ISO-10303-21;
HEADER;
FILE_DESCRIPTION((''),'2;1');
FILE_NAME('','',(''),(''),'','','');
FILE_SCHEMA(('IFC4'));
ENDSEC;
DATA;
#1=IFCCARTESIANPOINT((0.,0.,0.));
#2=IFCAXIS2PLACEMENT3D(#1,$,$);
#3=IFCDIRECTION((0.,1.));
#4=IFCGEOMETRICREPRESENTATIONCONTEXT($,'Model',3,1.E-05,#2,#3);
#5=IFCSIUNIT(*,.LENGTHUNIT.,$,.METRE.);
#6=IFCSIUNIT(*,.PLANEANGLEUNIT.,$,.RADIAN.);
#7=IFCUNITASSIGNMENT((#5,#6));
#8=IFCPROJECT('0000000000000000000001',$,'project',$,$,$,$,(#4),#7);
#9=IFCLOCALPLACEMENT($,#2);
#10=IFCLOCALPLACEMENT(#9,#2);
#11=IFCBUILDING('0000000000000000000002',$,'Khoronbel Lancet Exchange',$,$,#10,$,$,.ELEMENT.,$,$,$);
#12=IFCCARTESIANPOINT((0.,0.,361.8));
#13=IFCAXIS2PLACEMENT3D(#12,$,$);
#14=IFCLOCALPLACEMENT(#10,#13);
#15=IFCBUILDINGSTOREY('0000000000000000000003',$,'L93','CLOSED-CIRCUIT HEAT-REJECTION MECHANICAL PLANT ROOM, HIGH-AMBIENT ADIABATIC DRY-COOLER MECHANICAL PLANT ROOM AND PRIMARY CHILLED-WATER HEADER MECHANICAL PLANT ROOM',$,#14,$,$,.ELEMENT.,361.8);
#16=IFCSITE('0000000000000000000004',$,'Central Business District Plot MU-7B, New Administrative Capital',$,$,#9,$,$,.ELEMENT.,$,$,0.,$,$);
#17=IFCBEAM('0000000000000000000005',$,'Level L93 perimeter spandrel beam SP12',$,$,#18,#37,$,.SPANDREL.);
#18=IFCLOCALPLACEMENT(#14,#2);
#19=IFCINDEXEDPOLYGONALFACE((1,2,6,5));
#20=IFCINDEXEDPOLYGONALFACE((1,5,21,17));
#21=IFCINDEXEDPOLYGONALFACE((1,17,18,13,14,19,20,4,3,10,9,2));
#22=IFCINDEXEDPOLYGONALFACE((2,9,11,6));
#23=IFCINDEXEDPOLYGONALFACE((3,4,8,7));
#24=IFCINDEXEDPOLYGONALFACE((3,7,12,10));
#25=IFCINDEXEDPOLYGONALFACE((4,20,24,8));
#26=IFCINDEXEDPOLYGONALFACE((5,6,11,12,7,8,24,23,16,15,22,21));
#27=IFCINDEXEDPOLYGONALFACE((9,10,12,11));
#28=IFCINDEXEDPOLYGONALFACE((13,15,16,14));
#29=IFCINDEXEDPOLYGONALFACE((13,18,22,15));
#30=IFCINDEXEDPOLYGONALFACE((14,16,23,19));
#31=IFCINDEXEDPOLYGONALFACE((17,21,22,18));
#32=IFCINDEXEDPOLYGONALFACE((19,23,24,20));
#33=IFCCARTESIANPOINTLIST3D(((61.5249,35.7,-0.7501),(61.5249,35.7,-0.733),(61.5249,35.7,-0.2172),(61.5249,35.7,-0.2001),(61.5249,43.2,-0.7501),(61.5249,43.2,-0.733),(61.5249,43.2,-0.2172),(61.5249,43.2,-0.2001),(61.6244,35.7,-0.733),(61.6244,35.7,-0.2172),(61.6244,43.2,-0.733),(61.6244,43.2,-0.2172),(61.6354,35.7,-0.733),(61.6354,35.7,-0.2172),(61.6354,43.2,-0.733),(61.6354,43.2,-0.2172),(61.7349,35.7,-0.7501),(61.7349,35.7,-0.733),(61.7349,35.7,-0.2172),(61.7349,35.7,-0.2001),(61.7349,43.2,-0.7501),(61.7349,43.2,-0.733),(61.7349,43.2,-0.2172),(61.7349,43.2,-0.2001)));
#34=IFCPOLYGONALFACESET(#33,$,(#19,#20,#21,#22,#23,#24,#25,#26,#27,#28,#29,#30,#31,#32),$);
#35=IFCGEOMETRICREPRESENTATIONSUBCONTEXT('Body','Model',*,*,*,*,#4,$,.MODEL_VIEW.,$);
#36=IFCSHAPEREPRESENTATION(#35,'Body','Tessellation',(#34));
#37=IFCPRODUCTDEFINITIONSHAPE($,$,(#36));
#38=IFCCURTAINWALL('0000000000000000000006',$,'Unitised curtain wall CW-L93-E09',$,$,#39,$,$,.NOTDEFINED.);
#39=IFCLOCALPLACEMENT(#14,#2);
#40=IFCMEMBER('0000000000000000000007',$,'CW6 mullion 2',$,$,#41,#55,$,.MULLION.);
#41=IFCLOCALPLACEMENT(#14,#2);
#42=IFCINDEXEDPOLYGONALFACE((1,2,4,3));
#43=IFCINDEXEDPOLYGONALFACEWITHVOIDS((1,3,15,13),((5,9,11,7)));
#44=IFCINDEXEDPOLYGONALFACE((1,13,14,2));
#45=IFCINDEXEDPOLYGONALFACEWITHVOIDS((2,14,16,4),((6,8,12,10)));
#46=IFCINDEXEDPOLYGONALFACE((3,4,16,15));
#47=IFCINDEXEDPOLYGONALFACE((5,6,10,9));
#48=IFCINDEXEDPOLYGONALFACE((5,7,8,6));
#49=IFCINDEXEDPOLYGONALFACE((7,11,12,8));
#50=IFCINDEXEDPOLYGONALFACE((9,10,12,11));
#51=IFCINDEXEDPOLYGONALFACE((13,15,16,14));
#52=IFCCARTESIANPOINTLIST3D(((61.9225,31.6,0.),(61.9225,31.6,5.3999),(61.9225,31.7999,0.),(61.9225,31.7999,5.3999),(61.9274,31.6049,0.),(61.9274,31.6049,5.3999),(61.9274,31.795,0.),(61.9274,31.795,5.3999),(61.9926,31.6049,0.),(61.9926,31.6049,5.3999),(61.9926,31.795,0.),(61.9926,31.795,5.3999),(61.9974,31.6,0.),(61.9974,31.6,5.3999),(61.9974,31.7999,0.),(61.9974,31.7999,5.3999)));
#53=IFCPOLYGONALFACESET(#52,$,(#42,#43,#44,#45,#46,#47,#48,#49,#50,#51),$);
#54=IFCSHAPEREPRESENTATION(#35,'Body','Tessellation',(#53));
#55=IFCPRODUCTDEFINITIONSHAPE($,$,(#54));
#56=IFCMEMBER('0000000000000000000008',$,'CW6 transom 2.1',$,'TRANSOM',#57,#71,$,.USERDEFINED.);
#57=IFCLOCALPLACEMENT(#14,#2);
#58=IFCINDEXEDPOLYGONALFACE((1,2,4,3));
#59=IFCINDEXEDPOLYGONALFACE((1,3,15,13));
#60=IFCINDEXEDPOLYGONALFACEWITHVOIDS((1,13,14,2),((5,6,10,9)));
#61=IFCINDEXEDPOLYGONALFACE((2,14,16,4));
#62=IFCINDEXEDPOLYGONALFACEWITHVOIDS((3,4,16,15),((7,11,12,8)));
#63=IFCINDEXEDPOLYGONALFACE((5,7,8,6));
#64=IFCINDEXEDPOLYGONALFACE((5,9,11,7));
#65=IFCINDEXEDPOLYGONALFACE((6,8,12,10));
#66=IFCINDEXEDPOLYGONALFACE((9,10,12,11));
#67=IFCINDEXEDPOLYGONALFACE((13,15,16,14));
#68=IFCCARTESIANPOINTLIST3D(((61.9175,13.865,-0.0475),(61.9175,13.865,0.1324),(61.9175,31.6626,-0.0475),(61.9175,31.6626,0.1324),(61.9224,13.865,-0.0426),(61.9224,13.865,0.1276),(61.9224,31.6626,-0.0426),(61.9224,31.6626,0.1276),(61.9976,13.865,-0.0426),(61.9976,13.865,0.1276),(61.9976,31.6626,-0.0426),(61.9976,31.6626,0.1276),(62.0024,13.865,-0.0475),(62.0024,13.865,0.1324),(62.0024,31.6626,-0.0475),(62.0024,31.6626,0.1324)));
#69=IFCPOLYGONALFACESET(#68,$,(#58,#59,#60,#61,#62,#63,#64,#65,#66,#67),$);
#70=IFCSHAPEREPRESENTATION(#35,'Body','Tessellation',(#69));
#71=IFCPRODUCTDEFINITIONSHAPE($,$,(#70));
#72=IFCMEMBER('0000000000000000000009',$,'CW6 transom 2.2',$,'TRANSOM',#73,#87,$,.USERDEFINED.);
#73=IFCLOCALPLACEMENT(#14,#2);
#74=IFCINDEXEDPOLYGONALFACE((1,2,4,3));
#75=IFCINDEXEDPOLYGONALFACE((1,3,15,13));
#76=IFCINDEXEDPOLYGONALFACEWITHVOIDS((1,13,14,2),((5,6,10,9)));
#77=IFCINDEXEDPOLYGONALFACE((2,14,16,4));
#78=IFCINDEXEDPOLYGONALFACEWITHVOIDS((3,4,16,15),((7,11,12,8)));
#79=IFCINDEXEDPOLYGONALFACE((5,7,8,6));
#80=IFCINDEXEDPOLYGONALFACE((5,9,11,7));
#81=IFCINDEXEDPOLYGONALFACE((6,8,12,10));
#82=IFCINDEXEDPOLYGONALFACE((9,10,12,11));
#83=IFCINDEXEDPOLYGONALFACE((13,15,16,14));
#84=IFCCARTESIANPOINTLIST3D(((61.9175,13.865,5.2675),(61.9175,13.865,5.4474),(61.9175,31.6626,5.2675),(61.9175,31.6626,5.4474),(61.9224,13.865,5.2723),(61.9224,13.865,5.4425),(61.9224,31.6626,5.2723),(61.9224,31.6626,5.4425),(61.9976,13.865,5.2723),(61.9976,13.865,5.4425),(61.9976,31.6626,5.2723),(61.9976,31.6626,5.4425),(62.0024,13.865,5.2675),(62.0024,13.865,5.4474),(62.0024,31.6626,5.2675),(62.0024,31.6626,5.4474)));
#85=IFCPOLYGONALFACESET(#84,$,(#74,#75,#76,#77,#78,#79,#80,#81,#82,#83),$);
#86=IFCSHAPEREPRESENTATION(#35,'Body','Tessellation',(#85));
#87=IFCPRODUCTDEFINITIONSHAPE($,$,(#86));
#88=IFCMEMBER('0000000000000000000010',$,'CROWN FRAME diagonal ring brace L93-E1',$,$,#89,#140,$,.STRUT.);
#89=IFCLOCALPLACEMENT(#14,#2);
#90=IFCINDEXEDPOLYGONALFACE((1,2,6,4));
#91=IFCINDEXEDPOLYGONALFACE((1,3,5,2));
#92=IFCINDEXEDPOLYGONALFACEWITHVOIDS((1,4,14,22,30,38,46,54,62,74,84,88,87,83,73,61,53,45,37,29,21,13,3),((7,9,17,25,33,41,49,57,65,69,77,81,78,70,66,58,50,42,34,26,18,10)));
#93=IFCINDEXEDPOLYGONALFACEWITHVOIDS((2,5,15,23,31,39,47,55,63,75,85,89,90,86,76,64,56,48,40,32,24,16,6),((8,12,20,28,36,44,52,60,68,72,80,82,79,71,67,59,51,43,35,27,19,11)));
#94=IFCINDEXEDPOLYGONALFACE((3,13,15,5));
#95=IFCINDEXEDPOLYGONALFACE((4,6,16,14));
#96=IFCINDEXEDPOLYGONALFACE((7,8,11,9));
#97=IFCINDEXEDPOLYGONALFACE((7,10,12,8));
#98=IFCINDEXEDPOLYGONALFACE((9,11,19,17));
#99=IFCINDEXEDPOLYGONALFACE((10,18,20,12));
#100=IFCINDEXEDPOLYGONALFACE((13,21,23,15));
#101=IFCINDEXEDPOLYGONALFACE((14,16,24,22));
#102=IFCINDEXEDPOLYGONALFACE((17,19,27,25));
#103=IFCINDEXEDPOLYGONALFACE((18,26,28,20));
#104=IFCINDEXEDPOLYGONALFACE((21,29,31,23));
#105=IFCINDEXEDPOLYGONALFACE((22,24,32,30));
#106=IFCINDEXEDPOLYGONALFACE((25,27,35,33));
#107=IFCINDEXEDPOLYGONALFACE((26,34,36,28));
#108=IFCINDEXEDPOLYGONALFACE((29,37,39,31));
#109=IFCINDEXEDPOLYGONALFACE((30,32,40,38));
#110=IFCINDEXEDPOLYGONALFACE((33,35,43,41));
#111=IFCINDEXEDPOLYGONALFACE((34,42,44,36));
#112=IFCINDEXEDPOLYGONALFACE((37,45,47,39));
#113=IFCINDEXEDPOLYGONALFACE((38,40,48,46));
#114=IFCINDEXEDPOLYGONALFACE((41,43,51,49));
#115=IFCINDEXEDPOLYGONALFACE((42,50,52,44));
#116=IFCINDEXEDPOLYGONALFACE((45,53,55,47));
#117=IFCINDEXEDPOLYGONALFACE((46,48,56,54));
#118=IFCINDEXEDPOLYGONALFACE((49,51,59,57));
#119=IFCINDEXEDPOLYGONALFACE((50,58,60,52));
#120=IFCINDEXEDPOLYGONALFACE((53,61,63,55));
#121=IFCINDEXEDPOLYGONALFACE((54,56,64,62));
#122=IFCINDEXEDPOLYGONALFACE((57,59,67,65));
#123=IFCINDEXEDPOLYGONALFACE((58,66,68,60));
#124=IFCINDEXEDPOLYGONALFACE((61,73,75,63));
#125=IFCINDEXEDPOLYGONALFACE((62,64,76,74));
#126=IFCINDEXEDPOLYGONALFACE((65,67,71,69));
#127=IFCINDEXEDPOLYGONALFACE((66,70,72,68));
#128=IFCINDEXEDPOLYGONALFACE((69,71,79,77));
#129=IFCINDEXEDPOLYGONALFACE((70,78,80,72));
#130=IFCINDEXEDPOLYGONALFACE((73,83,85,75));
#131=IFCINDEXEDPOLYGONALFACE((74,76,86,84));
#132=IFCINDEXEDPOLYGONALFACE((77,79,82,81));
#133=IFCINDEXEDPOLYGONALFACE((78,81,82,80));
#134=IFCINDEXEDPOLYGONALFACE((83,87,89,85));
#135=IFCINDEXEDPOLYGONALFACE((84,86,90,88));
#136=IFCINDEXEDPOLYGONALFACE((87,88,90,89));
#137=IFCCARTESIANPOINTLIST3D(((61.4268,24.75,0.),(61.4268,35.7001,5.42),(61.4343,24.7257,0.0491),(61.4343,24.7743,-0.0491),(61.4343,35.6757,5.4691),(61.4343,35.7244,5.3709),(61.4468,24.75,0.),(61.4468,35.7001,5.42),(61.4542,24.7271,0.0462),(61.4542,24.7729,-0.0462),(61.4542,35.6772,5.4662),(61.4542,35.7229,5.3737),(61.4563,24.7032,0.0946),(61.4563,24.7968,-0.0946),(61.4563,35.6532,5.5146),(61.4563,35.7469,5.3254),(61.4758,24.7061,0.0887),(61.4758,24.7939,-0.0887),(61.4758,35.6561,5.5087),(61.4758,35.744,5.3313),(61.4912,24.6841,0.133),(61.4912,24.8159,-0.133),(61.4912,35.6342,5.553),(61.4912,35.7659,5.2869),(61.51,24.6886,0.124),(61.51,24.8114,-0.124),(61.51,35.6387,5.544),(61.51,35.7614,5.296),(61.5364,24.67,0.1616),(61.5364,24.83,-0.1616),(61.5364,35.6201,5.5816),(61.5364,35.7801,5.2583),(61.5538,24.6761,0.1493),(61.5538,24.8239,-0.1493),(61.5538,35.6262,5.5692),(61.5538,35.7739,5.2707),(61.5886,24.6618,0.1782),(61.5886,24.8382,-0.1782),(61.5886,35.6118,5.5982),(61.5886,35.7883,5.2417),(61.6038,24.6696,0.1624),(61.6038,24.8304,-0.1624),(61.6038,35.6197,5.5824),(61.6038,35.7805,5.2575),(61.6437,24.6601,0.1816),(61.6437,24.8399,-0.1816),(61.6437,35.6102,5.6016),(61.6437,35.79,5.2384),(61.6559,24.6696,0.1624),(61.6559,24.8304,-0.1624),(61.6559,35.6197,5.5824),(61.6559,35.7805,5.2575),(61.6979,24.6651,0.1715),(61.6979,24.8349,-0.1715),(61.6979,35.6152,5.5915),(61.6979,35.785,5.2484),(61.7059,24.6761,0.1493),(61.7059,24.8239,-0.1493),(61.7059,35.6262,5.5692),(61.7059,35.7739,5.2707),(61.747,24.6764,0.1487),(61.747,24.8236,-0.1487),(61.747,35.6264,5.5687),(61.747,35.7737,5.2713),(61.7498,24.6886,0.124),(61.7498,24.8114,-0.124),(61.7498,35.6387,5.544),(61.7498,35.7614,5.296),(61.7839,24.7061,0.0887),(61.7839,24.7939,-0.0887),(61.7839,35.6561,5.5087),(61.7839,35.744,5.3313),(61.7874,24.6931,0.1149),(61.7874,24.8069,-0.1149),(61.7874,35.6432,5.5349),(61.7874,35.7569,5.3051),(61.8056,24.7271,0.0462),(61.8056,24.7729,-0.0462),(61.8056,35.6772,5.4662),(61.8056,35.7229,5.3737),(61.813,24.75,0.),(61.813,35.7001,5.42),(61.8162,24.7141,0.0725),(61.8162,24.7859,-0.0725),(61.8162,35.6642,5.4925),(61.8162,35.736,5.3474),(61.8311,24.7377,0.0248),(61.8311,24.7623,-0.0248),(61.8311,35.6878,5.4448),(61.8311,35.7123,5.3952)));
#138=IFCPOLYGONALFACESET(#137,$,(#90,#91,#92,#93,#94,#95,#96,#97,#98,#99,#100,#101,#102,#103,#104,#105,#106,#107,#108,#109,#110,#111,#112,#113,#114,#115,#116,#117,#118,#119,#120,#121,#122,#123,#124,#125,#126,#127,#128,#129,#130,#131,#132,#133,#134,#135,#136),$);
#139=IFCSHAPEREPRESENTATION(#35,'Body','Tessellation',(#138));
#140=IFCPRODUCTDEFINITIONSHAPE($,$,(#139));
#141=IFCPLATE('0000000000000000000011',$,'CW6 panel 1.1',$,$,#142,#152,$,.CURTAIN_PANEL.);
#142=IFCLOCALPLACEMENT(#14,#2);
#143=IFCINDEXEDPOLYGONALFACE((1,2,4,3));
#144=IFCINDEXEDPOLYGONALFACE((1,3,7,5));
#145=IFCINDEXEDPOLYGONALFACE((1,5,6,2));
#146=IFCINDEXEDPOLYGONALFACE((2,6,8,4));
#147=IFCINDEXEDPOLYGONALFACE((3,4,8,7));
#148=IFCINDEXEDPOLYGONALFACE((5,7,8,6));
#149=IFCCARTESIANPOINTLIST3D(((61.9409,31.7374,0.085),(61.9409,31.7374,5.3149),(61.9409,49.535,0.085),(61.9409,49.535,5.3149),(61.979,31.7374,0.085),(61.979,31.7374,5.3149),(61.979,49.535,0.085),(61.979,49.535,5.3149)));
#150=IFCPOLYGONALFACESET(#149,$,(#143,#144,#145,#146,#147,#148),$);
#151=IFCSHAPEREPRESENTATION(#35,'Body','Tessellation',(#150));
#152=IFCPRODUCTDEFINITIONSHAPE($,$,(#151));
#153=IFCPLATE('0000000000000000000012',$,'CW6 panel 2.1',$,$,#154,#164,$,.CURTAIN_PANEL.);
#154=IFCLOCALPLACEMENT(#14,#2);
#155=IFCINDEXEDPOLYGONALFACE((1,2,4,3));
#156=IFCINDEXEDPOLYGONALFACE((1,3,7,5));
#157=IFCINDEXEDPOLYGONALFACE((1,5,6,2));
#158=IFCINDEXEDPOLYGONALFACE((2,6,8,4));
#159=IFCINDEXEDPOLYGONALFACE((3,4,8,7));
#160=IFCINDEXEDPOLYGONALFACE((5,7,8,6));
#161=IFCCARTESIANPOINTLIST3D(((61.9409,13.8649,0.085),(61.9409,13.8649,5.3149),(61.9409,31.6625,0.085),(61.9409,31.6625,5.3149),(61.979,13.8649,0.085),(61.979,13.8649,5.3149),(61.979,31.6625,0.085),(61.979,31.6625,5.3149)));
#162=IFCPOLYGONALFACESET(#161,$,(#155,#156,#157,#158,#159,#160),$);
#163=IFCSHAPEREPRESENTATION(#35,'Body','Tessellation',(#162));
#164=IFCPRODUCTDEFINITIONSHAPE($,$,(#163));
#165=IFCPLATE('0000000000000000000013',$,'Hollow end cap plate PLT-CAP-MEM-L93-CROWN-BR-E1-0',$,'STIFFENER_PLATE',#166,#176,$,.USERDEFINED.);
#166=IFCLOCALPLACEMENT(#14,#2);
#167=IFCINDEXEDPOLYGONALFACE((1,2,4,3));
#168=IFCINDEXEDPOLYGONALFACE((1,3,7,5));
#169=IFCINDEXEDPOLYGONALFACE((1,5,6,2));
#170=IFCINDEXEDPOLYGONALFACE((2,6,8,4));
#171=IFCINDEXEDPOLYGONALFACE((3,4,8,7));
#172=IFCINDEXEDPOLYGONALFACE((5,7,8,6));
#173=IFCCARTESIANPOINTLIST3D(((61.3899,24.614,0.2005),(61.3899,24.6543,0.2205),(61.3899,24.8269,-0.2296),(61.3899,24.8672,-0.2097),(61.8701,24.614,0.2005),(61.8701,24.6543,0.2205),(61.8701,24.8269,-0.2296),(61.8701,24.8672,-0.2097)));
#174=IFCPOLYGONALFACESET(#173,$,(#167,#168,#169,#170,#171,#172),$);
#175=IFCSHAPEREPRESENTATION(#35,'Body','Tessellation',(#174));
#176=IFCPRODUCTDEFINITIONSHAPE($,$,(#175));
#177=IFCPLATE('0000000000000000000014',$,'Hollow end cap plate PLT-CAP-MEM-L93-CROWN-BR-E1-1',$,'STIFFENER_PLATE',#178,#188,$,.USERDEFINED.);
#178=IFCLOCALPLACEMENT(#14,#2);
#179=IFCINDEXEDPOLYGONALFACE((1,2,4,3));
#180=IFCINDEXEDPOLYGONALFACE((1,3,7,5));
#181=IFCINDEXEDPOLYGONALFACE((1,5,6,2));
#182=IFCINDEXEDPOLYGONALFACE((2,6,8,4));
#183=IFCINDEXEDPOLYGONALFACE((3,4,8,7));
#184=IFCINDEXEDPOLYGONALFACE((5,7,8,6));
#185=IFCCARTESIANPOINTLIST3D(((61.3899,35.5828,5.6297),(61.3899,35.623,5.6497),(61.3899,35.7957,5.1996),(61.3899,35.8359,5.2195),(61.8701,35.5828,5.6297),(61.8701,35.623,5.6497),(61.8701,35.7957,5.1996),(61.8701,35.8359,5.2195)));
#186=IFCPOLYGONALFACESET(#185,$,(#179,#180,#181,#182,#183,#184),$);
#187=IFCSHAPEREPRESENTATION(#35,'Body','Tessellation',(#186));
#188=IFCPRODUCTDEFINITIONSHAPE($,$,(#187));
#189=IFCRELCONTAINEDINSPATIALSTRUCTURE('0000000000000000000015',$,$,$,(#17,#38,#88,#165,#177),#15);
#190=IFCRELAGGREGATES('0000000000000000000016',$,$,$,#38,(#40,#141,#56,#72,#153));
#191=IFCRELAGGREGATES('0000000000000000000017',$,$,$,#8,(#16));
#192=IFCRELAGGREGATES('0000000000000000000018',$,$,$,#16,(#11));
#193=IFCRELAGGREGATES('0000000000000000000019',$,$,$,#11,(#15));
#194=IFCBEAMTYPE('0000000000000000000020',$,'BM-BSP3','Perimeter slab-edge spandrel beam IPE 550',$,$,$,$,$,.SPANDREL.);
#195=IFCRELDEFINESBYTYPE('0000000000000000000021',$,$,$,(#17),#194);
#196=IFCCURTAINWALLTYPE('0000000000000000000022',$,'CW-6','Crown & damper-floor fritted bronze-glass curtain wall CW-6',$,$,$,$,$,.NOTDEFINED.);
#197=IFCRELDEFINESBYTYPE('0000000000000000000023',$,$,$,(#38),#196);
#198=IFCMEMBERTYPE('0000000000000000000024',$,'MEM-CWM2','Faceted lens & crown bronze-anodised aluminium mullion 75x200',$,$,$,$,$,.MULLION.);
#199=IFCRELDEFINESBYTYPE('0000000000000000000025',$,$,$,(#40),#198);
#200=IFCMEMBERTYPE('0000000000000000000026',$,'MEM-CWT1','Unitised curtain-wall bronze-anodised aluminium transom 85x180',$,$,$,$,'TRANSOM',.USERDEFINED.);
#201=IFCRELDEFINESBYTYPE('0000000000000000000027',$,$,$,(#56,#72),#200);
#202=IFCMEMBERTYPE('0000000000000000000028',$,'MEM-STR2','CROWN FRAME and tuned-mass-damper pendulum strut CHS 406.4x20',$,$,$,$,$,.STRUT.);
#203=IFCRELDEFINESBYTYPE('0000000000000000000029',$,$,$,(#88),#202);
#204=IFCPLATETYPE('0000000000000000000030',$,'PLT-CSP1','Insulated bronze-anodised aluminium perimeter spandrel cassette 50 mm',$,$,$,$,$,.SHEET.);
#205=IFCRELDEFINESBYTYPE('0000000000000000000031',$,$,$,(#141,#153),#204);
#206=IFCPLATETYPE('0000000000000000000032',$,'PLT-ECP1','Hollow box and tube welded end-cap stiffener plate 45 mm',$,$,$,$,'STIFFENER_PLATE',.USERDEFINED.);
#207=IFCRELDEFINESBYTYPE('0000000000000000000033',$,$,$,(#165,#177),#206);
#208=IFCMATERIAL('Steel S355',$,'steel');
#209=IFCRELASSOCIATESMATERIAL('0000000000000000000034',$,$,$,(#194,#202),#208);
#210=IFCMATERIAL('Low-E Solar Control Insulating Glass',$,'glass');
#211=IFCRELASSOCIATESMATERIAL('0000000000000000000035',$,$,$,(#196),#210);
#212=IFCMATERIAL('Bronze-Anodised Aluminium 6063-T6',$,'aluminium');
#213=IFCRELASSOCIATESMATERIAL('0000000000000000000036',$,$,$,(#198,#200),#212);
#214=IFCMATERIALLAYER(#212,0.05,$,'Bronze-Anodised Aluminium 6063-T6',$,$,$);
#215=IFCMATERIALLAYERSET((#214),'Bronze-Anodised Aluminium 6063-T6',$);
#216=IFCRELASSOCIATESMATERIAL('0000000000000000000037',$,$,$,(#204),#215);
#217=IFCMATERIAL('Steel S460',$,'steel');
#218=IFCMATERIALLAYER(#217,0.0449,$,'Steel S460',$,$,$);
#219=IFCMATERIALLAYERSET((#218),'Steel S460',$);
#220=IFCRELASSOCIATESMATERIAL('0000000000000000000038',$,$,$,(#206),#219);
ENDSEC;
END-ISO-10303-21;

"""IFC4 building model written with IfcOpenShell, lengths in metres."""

from ifc_helpers import new_model, si_unit, direction, frame, origin, origin_2d, place, context, subcontext, project, spatial, polyline, rectangle, hollow_rectangle, hollow_circle, i_section, outline, extrude, material, layer, layer_set, material_profile, profile_set, type_object, element, aggregate, save


model = new_model("IFC4")

# Units and contexts
model_context = context("Model", 3, precision=1e-05, world=origin(), true_north=direction((0.0, 1.0)))
body_context = subcontext(model_context, "Body", "Model", "MODEL_VIEW")
ifc_project = project(units=[si_unit("LENGTHUNIT", "METRE"), si_unit("PLANEANGLEUNIT", "RADIAN")], contexts=[model_context])

# Site, building, storey
site_placement = place(None, origin())
site = spatial("IfcSite", under=ifc_project, at=site_placement, Name="Central Business District Plot MU-7B, New Administrative Capital", CompositionType="ELEMENT", RefElevation=0.0)
building_placement = place(site_placement, origin())
building = spatial("IfcBuilding", under=site, at=building_placement, Name="Khoronbel Lancet Exchange", CompositionType="ELEMENT")
storey_placement = place(building_placement, frame((0.0, 0.0, 361.8)))
storey = spatial("IfcBuildingStorey", under=building, at=storey_placement, Name="L93", Description="CLOSED-CIRCUIT HEAT-REJECTION MECHANICAL PLANT ROOM, HIGH-AMBIENT ADIABATIC DRY-COOLER MECHANICAL PLANT ROOM AND PRIMARY CHILLED-WATER HEADER MECHANICAL PLANT ROOM", CompositionType="ELEMENT", Elevation=361.8)

# Shared definitions
ifc_material_1 = material(Name="Steel S355", Category="steel")

# Beam
ifc_material_profile_1 = material_profile(ifc_material_1, i_section(OverallWidth=0.21, OverallDepth=0.55, WebThickness=0.011, FlangeThickness=0.0171, at=origin_2d()), Name="IPE 550")
ifc_profile_set_1 = profile_set([ifc_material_profile_1], Name="Steel S355")
beam_type_1 = type_object("IfcBeamType", Name="BM-BSP3", Description="Perimeter slab-edge spandrel beam IPE 550", PredefinedType="SPANDREL", material=ifc_profile_set_1)
beam_1_placement = place(storey_placement, frame((61.6299, 35.7, -0.4751), z_axis=(0.0, 1.0, 0.0), x_axis=(-1.0, 0.0, 0.0)))
element("IfcBeam", 1, at=beam_1_placement, inside=storey, type_object=beam_type_1, Name="Level L93 perimeter spandrel beam SP12", PredefinedType="SPANDREL", context=body_context, shape_type="SweptSolid", body=[
    extrude(i_section(OverallWidth=0.21, OverallDepth=0.55, WebThickness=0.011, FlangeThickness=0.0171, at=origin_2d()), origin(), (0.0, 0.0, 1.0), 7.5),
])

# Curtain wall, members
ifc_material_2 = material(Name="Low-E Solar Control Insulating Glass", Category="glass")
curtain_wall_type = type_object("IfcCurtainWallType", Name="CW-6", Description="Crown & damper-floor fritted bronze-glass curtain wall CW-6", PredefinedType="NOTDEFINED", material=ifc_material_2)
curtain_wall_placement = place(storey_placement, origin())
curtain_wall = element("IfcCurtainWall", 2, at=curtain_wall_placement, inside=storey, type_object=curtain_wall_type, Name="Unitised curtain wall CW-L93-E09", PredefinedType="NOTDEFINED")
ifc_material_3 = material(Name="Bronze-Anodised Aluminium 6063-T6", Category="aluminium")
ifc_material_profile_2 = material_profile(ifc_material_3, hollow_rectangle(XDim=0.075, YDim=0.2, WallThickness=0.0049, at=origin_2d()), Name="ALU MULLION 75x200")
ifc_profile_set_2 = profile_set([ifc_material_profile_2], Name="Bronze-Anodised Aluminium 6063-T6")
member_type_1 = type_object("IfcMemberType", Name="MEM-CWM2", Description="Faceted lens & crown bronze-anodised aluminium mullion 75x200", PredefinedType="MULLION", material=ifc_profile_set_2)
member_1_placement = place(storey_placement, frame((61.96, 31.7, 0.0), z_axis=(0.0, 0.0, 1.0), x_axis=(1.0, 0.0, 0.0)))
member_1 = element("IfcMember", 3, at=member_1_placement, type_object=member_type_1, Name="CW6 mullion 2", PredefinedType="MULLION", context=body_context, shape_type="SweptSolid", body=[
    extrude(hollow_rectangle(XDim=0.075, YDim=0.2, WallThickness=0.0049, at=origin_2d()), origin(), (0.0, 0.0, 1.0), 5.3999),
])
ifc_material_profile_3 = material_profile(ifc_material_3, hollow_rectangle(XDim=0.085, YDim=0.1799, WallThickness=0.0049, at=origin_2d()), Name="ALU TRANSOM 85x180")
ifc_profile_set_3 = profile_set([ifc_material_profile_3], Name="Bronze-Anodised Aluminium 6063-T6")
member_type_2 = type_object("IfcMemberType", Name="MEM-CWT1", Description="Unitised curtain-wall bronze-anodised aluminium transom 85x180", ElementType="TRANSOM", PredefinedType="USERDEFINED", material=ifc_profile_set_3)
member_2_placement = place(storey_placement, frame((61.96, 31.6626, 0.0425), z_axis=(0.0, -1.0, 0.0), x_axis=(1.0, 0.0, 0.0)))
member_2 = element("IfcMember", 4, at=member_2_placement, type_object=member_type_2, Name="CW6 transom 2.1", ObjectType="TRANSOM", PredefinedType="USERDEFINED", context=body_context, shape_type="SweptSolid", body=[
    extrude(hollow_rectangle(XDim=0.085, YDim=0.1799, WallThickness=0.0049, at=origin_2d()), origin(), (0.0, 0.0, 1.0), 17.7976),
])
member_3_placement = place(storey_placement, frame((61.96, 31.6626, 5.3574), z_axis=(0.0, -1.0, 0.0), x_axis=(1.0, 0.0, 0.0)))
member_3 = element("IfcMember", 5, at=member_3_placement, type_object=member_type_2, Name="CW6 transom 2.2", ObjectType="TRANSOM", PredefinedType="USERDEFINED", context=body_context, shape_type="SweptSolid", body=[
    extrude(hollow_rectangle(XDim=0.085, YDim=0.1799, WallThickness=0.0049, at=origin_2d()), origin(), (0.0, 0.0, 1.0), 17.7976),
])

# Member
ifc_material_profile_4 = material_profile(ifc_material_1, hollow_circle(Radius=0.2031, WallThickness=0.02, at=origin_2d()), Name="CHS 406.4x20")
ifc_profile_set_4 = profile_set([ifc_material_profile_4], Name="Steel S355")
member_type_3 = type_object("IfcMemberType", Name="MEM-STR2", Description="CROWN FRAME and tuned-mass-damper pendulum strut CHS 406.4x20", PredefinedType="STRUT", material=ifc_profile_set_4)
member_4_placement = place(storey_placement, frame((61.6299, 24.75, 0.0), z_axis=(0.0, 0.896222, 0.443605), x_axis=(-1.0, 0.0, 0.0)))
element("IfcMember", 6, at=member_4_placement, inside=storey, type_object=member_type_3, Name="CROWN FRAME diagonal ring brace L93-E1", PredefinedType="STRUT", context=body_context, shape_type="SweptSolid", body=[
    extrude(hollow_circle(Radius=0.2031, WallThickness=0.02, at=origin_2d()), origin(), (0.0, 0.0, 1.0), 12.218),
])

# Plates
ifc_layer_1 = layer(ifc_material_3, 0.05, Name="Bronze-Anodised Aluminium 6063-T6")
ifc_layer_set_1 = layer_set([ifc_layer_1], Name="Bronze-Anodised Aluminium 6063-T6")
plate_type_1 = type_object("IfcPlateType", Name="PLT-CSP1", Description="Insulated bronze-anodised aluminium perimeter spandrel cassette 50 mm", PredefinedType="SHEET", material=ifc_layer_set_1)
plate_1_placement = place(storey_placement, frame((61.96, 40.6362, 0.085), z_axis=(0.0, 0.0, 1.0), x_axis=(0.0, -1.0, 0.0)))
plate_1 = element("IfcPlate", 7, at=plate_1_placement, type_object=plate_type_1, Name="CW6 panel 1.1", PredefinedType="CURTAIN_PANEL", context=body_context, shape_type="SweptSolid", body=[
    extrude(rectangle(XDim=17.7976, YDim=0.0381, at=origin_2d()), origin(), (0.0, 0.0, 1.0), 5.23),
])
plate_2_placement = place(storey_placement, frame((61.96, 22.7637, 0.085), z_axis=(0.0, 0.0, 1.0), x_axis=(0.0, -1.0, 0.0)))
plate_2 = element("IfcPlate", 8, at=plate_2_placement, type_object=plate_type_1, Name="CW6 panel 2.1", PredefinedType="CURTAIN_PANEL", context=body_context, shape_type="SweptSolid", body=[
    extrude(rectangle(XDim=17.7976, YDim=0.0381, at=origin_2d()), origin(), (0.0, 0.0, 1.0), 5.23),
])
aggregate(curtain_wall, [member_1, plate_1, member_2, member_3, plate_2])

# Plates
ifc_material_4 = material(Name="Steel S460", Category="steel")
ifc_layer_2 = layer(ifc_material_4, 0.0449, Name="Steel S460")
ifc_layer_set_2 = layer_set([ifc_layer_2], Name="Steel S460")
plate_type_2 = type_object("IfcPlateType", Name="PLT-ECP1", Description="Hollow box and tube welded end-cap stiffener plate 45 mm", ElementType="STIFFENER_PLATE", PredefinedType="USERDEFINED", material=ifc_layer_set_2)
for number, where, z_axis, x_axis, name in (
    (9, (61.8701, 24.8672, -0.2097), (0.0, 0.896251, 0.443548), (-1.0, 0.0, 0.0), "Hollow end cap plate PLT-CAP-MEM-L93-CROWN-BR-E1-0"),
    (10, (61.8701, 35.8359, 5.2195), (0.0, 0.896251, 0.443548), (-1.0, 0.0, 0.0), "Hollow end cap plate PLT-CAP-MEM-L93-CROWN-BR-E1-1"),
):
    element("IfcPlate", number, at=place(storey_placement, frame(where, z_axis=z_axis, x_axis=x_axis)), inside=storey, type_object=plate_type_2, Name=name, ObjectType="STIFFENER_PLATE", PredefinedType="USERDEFINED", context=body_context, shape_type="SweptSolid", body=[
        extrude(outline(polyline([(0.0, 0.0), (0.4802, 0.0), (0.4802, 0.48), (0.0, 0.48), (0.0, 0.0)])), origin(), (0.0, 0.0, -1.0), 0.0449),
    ])

save(model, "model.ifc")
